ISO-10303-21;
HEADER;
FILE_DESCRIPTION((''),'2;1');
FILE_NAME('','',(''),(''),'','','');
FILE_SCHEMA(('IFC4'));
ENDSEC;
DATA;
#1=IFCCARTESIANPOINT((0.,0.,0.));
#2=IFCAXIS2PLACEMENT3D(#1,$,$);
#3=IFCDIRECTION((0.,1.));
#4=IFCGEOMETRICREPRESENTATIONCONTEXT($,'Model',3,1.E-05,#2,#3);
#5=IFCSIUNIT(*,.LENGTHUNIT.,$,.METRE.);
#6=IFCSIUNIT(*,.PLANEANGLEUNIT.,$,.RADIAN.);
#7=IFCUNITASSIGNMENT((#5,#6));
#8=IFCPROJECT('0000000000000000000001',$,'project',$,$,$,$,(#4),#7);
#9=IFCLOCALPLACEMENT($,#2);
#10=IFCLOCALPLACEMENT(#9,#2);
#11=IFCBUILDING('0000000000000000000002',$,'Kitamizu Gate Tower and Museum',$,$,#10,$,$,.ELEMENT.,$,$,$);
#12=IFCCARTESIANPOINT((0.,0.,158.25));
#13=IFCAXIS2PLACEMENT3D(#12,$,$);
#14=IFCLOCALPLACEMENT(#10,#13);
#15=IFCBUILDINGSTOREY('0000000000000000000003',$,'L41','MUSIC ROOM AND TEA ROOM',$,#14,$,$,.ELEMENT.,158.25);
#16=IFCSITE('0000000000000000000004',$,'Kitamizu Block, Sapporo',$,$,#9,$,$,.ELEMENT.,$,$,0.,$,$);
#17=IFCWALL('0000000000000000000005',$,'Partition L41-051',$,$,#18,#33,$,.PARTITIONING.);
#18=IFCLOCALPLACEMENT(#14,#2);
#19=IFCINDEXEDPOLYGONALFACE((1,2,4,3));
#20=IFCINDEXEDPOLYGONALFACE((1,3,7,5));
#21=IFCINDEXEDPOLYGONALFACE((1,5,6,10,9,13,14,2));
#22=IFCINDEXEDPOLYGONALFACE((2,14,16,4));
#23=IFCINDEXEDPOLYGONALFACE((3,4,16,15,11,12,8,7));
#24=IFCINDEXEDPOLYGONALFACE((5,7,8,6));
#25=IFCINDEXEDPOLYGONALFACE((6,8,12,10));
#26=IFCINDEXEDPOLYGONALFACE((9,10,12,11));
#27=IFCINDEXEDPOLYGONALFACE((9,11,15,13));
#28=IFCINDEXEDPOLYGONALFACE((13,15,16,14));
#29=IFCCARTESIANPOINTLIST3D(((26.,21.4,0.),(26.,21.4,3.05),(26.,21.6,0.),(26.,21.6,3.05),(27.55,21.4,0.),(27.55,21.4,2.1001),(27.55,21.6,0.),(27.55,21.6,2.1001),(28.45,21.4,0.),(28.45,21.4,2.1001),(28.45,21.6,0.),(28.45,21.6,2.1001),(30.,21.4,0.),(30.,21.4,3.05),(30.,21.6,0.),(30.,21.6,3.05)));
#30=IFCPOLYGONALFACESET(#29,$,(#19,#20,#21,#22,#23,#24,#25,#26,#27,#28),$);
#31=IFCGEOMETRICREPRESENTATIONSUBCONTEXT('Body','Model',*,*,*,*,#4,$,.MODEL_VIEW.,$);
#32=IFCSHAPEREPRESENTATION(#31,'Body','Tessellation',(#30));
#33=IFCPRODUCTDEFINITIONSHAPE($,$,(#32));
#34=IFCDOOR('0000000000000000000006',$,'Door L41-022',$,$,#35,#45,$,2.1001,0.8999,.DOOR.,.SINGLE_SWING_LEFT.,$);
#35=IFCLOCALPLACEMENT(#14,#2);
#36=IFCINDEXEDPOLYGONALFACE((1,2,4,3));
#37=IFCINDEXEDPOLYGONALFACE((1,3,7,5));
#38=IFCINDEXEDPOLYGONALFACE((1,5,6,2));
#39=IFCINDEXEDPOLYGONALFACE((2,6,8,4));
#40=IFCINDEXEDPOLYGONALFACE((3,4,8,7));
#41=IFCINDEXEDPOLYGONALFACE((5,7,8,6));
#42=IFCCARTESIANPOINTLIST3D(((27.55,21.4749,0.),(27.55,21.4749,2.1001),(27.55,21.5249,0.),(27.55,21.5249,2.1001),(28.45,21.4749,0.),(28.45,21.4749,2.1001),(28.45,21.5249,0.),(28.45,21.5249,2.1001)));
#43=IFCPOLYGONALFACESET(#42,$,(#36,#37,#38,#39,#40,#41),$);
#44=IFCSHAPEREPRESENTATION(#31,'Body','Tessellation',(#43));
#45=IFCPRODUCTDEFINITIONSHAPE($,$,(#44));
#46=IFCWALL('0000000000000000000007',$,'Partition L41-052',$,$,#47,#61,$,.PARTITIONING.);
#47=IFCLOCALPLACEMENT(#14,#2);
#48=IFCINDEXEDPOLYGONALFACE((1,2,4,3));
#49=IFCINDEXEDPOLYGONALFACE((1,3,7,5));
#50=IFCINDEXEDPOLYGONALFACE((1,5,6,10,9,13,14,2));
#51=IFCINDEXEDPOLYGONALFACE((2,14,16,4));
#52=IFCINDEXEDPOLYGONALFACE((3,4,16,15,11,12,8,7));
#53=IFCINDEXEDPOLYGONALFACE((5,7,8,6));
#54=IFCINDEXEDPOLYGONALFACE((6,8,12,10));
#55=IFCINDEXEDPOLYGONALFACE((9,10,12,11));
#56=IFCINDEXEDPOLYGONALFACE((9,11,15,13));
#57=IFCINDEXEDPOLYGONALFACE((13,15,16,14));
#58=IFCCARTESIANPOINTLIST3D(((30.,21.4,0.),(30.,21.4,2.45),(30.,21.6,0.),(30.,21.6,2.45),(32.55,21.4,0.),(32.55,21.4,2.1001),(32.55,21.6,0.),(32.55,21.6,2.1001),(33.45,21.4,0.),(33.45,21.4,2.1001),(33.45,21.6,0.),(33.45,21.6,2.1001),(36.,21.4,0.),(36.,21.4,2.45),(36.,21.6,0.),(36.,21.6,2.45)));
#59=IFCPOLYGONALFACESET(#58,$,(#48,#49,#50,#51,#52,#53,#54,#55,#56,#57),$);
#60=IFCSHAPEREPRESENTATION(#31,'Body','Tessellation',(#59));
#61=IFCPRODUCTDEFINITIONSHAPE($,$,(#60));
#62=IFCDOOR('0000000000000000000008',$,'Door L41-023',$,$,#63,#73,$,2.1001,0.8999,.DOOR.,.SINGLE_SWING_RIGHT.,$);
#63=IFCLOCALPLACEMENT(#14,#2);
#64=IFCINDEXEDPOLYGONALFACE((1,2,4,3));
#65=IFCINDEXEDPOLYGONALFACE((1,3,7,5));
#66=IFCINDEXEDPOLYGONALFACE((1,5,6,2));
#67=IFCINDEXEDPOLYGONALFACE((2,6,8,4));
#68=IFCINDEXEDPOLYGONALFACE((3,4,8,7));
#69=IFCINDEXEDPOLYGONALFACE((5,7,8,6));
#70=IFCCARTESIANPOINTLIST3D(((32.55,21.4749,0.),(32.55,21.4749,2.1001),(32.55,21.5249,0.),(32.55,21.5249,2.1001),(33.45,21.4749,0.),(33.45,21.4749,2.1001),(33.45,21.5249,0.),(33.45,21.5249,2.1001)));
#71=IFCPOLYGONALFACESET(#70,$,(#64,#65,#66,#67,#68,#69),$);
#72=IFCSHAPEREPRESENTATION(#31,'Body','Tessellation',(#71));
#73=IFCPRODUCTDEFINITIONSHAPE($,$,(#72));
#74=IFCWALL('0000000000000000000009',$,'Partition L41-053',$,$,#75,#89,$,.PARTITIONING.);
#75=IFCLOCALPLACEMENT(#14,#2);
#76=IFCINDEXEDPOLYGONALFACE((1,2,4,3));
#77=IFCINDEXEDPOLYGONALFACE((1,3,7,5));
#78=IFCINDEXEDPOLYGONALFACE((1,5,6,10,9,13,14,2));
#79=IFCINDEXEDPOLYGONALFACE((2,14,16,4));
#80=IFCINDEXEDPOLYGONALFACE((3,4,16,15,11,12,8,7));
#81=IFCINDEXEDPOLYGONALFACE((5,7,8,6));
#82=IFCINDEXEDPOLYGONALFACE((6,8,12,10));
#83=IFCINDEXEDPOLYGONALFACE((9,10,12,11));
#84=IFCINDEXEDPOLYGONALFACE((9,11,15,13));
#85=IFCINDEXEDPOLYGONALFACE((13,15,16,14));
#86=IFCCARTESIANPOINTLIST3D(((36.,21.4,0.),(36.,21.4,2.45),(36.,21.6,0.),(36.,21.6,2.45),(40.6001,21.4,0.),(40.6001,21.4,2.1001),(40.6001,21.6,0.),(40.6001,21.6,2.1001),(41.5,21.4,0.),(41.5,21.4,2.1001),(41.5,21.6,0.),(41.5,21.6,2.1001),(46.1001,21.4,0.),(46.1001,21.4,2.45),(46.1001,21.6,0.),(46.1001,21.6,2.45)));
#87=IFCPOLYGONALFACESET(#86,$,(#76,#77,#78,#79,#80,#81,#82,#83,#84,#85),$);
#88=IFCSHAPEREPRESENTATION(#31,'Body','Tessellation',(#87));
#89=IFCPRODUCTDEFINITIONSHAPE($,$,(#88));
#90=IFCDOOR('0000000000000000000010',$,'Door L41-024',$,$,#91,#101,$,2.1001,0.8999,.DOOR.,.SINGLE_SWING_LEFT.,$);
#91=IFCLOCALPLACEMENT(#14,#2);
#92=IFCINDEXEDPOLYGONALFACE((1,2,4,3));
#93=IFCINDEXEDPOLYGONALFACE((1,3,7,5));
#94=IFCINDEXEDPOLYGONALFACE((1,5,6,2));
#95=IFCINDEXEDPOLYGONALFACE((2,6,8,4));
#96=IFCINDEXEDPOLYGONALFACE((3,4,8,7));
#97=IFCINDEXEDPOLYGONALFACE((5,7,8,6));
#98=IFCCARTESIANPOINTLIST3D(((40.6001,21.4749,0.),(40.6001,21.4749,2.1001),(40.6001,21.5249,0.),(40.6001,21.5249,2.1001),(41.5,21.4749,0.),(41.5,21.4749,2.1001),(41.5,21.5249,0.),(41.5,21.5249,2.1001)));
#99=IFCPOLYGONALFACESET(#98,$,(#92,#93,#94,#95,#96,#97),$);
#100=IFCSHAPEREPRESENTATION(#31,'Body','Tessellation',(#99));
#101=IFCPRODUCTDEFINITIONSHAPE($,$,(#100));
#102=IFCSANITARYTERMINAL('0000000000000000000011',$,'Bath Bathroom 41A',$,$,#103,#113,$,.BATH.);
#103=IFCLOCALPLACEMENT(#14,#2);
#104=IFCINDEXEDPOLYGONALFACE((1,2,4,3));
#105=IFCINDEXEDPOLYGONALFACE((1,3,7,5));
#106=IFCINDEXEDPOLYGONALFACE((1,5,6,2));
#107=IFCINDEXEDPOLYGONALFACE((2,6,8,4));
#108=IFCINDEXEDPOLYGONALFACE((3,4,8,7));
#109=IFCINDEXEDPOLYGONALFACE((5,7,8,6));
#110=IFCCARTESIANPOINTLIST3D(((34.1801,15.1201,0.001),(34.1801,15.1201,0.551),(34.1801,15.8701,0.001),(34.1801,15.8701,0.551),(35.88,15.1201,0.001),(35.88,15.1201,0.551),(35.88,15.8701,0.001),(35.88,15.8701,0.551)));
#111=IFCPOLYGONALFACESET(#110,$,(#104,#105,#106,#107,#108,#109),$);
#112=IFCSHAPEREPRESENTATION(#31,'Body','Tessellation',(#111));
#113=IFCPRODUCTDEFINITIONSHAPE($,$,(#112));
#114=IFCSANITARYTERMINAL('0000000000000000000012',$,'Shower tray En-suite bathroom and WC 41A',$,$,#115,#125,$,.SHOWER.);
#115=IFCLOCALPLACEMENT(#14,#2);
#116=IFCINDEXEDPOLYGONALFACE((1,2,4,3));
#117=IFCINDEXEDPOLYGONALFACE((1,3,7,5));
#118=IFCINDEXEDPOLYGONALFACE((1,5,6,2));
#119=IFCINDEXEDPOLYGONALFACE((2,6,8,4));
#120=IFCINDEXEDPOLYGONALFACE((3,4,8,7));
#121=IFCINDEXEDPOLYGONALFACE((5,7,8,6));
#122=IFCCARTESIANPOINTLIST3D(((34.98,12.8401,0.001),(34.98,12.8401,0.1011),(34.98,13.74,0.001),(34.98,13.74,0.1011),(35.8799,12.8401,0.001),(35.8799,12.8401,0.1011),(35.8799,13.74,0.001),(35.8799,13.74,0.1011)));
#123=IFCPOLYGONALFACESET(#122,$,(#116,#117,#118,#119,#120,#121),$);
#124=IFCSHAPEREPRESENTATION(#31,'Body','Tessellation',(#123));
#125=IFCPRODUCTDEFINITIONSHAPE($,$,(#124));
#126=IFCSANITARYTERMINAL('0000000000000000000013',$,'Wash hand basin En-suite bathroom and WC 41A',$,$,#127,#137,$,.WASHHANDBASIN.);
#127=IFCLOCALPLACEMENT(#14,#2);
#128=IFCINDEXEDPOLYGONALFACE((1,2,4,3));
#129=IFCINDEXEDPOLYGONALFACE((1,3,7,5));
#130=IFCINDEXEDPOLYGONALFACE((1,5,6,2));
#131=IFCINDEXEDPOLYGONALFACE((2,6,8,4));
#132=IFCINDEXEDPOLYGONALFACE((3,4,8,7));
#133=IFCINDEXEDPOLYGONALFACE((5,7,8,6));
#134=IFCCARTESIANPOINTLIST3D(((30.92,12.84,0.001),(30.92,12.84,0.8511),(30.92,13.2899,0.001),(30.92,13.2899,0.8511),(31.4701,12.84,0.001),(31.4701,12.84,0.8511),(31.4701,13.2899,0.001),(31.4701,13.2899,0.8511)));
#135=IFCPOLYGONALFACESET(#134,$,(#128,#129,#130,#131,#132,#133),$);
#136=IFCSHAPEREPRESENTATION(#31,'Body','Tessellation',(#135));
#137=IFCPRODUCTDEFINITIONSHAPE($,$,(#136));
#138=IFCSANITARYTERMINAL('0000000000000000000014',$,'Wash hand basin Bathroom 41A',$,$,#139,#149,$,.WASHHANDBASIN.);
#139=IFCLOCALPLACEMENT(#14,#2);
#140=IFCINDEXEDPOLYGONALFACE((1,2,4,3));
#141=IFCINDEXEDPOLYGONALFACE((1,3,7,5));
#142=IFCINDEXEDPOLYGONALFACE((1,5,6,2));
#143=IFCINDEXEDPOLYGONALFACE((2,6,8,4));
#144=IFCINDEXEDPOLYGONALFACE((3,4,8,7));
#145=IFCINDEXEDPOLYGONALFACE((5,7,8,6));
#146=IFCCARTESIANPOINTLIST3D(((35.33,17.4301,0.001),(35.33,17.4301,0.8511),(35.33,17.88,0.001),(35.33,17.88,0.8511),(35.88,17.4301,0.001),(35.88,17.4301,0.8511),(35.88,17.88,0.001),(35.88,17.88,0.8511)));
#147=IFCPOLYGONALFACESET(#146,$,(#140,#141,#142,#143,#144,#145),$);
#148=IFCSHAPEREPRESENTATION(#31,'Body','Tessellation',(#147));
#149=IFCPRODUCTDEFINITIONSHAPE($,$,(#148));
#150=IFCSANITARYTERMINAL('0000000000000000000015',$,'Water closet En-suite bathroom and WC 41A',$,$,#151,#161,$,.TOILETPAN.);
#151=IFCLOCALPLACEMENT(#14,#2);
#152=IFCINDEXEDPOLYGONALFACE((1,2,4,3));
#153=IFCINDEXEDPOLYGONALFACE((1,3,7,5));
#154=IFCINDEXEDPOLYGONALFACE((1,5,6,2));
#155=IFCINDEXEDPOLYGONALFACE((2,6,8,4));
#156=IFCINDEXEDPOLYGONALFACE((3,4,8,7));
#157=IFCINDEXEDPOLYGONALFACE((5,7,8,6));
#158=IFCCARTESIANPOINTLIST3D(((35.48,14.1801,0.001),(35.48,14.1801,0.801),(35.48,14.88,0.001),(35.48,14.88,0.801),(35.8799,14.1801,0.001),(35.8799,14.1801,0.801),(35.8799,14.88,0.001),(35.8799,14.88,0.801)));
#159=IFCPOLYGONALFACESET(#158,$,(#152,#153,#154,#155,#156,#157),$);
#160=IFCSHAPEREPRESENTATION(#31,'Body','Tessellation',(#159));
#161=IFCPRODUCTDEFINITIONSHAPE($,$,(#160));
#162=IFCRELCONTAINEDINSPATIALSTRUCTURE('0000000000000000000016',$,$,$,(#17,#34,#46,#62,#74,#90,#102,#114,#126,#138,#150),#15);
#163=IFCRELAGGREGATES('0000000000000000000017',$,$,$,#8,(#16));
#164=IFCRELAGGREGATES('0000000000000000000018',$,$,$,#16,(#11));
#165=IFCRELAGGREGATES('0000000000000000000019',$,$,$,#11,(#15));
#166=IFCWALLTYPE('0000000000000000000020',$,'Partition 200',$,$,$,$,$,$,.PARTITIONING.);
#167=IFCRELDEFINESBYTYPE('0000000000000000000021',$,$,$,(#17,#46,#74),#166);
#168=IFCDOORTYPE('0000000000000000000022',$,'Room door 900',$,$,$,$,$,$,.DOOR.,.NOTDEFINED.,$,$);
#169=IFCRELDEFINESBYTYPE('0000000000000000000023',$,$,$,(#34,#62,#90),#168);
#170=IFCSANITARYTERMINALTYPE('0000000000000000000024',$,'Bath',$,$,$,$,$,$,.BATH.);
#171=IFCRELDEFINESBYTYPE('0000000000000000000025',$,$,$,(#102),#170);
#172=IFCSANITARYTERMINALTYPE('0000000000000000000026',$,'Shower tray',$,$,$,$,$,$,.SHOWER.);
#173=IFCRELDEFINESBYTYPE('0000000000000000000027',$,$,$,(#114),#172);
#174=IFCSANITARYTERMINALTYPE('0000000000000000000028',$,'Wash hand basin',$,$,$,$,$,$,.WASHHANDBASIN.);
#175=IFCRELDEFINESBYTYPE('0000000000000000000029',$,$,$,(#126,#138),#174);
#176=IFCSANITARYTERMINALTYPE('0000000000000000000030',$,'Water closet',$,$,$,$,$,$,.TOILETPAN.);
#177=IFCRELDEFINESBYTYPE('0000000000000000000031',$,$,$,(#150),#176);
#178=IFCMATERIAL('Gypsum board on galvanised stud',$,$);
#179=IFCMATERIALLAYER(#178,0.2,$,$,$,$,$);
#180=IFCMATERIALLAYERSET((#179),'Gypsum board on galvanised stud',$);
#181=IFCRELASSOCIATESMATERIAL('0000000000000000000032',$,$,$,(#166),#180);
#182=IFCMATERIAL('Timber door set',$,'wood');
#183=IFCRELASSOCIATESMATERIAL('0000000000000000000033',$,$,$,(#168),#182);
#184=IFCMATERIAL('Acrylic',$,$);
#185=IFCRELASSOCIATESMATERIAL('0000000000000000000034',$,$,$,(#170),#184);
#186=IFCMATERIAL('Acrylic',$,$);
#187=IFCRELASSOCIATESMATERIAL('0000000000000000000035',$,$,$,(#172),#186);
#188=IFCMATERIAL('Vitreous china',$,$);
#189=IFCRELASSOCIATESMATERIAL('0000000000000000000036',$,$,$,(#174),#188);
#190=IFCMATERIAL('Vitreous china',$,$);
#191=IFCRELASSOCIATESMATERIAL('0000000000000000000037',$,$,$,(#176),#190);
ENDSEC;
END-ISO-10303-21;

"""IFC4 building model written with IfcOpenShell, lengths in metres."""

from ifc_helpers import new_model, si_unit, direction, frame, frame_2d, origin, origin_2d, place, context, subcontext, project, spatial, rectangle, extrude, material, layer, layer_set, type_object, element, fill, save


model = new_model("IFC4")

# Units and contexts
model_context = context("Model", 3, precision=1e-05, world=origin(), true_north=direction((0.0, 1.0)))
body_context = subcontext(model_context, "Body", "Model", "MODEL_VIEW")
ifc_project = project(units=[si_unit("LENGTHUNIT", "METRE"), si_unit("PLANEANGLEUNIT", "RADIAN")], contexts=[model_context])

# Site, building, storey
site_placement = place(None, origin())
site = spatial("IfcSite", under=ifc_project, at=site_placement, Name="Kitamizu Block, Sapporo", CompositionType="ELEMENT", RefElevation=0.0)
building_placement = place(site_placement, origin())
building = spatial("IfcBuilding", under=site, at=building_placement, Name="Kitamizu Gate Tower and Museum", CompositionType="ELEMENT")
storey_placement = place(building_placement, frame((0.0, 0.0, 158.25)))
storey = spatial("IfcBuildingStorey", under=building, at=storey_placement, Name="L41", Description="MUSIC ROOM AND TEA ROOM", CompositionType="ELEMENT", Elevation=158.25)

# Shared definitions
ifc_material_1 = material(Name="Gypsum board on galvanised stud")
ifc_layer_1 = layer(ifc_material_1, 0.2)
ifc_layer_set_1 = layer_set([ifc_layer_1], Name="Gypsum board on galvanised stud")
wall_type_1 = type_object("IfcWallType", Name="Partition 200", PredefinedType="PARTITIONING", material=ifc_layer_set_1)

# Walls, openings, doors
wall_1_placement = place(storey_placement, frame((26.0, 21.5, 0.0), z_axis=(0.0, 0.0, 1.0), x_axis=(1.0, 0.0, 0.0)))
wall_1 = element("IfcWall", 1, at=wall_1_placement, inside=storey, type_object=wall_type_1, Name="Partition L41-051", PredefinedType="PARTITIONING", context=body_context, shape_type="SweptSolid", body=[
    extrude(rectangle(XDim=4.0, YDim=0.2, at=frame_2d((2.0, 0.0))), origin(), (0.0, 0.0, 1.0), 3.05),
])
opening_1_placement = place(wall_1_placement, frame((1.55, 0.0, 0.0)))
opening_1 = element("IfcOpeningElement", 2, at=opening_1_placement, cuts=wall_1, PredefinedType="OPENING", context=body_context, shape_type="SweptSolid", body=[
    extrude(rectangle(XDim=0.8999, YDim=2.1001, at=frame_2d((0.45, 1.05))), frame((0.0, 0.1099, 0.0), z_axis=(0.0, -1.0, 0.0), x_axis=(1.0, 0.0, 0.0)), (0.0, 0.0, 1.0), 0.22),
])
ifc_material_2 = material(Name="Timber door set", Category="wood")
door_type_1 = type_object("IfcDoorType", Name="Room door 900", OperationType="NOTDEFINED", PredefinedType="DOOR", material=ifc_material_2)
door_1_placement = place(opening_1_placement, origin())
door_1 = element("IfcDoor", 3, at=door_1_placement, inside=storey, type_object=door_type_1, Name="Door L41-022", OperationType="SINGLE_SWING_LEFT", OverallHeight=2.1001, OverallWidth=0.8999, PredefinedType="DOOR", context=body_context, shape_type="SweptSolid", body=[
    extrude(rectangle(XDim=0.8999, YDim=2.1001, at=frame_2d((0.45, 1.05))), frame((0.0, 0.0249, 0.0), z_axis=(0.0, -1.0, 0.0), x_axis=(1.0, 0.0, 0.0)), (0.0, 0.0, 1.0), 0.05),
])
fill(opening_1, door_1)
wall_2_placement = place(storey_placement, frame((30.0, 21.5, 0.0), z_axis=(0.0, 0.0, 1.0), x_axis=(1.0, 0.0, 0.0)))
wall_2 = element("IfcWall", 4, at=wall_2_placement, inside=storey, type_object=wall_type_1, Name="Partition L41-052", PredefinedType="PARTITIONING", context=body_context, shape_type="SweptSolid", body=[
    extrude(rectangle(XDim=6.0, YDim=0.2, at=frame_2d((3.0, 0.0))), origin(), (0.0, 0.0, 1.0), 2.45),
])
opening_2_placement = place(wall_2_placement, frame((2.55, 0.0, 0.0)))
opening_2 = element("IfcOpeningElement", 5, at=opening_2_placement, cuts=wall_2, PredefinedType="OPENING", context=body_context, shape_type="SweptSolid", body=[
    extrude(rectangle(XDim=0.8999, YDim=2.1001, at=frame_2d((0.45, 1.05))), frame((0.0, 0.1099, 0.0), z_axis=(0.0, -1.0, 0.0), x_axis=(1.0, 0.0, 0.0)), (0.0, 0.0, 1.0), 0.22),
])
door_2_placement = place(opening_2_placement, origin())
door_2 = element("IfcDoor", 6, at=door_2_placement, inside=storey, type_object=door_type_1, Name="Door L41-023", OperationType="SINGLE_SWING_RIGHT", OverallHeight=2.1001, OverallWidth=0.8999, PredefinedType="DOOR", context=body_context, shape_type="SweptSolid", body=[
    extrude(rectangle(XDim=0.8999, YDim=2.1001, at=frame_2d((0.45, 1.05))), frame((0.0, 0.0249, 0.0), z_axis=(0.0, -1.0, 0.0), x_axis=(1.0, 0.0, 0.0)), (0.0, 0.0, 1.0), 0.05),
])
fill(opening_2, door_2)
wall_3_placement = place(storey_placement, frame((36.0, 21.5, 0.0), z_axis=(0.0, 0.0, 1.0), x_axis=(1.0, 0.0, 0.0)))
wall_3 = element("IfcWall", 7, at=wall_3_placement, inside=storey, type_object=wall_type_1, Name="Partition L41-053", PredefinedType="PARTITIONING", context=body_context, shape_type="SweptSolid", body=[
    extrude(rectangle(XDim=10.1001, YDim=0.2, at=frame_2d((5.05, 0.0))), origin(), (0.0, 0.0, 1.0), 2.45),
])
opening_3_placement = place(wall_3_placement, frame((4.6001, 0.0, 0.0)))
opening_3 = element("IfcOpeningElement", 8, at=opening_3_placement, cuts=wall_3, PredefinedType="OPENING", context=body_context, shape_type="SweptSolid", body=[
    extrude(rectangle(XDim=0.8999, YDim=2.1001, at=frame_2d((0.45, 1.05))), frame((0.0, 0.1099, 0.0), z_axis=(0.0, -1.0, 0.0), x_axis=(1.0, 0.0, 0.0)), (0.0, 0.0, 1.0), 0.22),
])
door_3_placement = place(opening_3_placement, origin())
door_3 = element("IfcDoor", 9, at=door_3_placement, inside=storey, type_object=door_type_1, Name="Door L41-024", OperationType="SINGLE_SWING_LEFT", OverallHeight=2.1001, OverallWidth=0.8999, PredefinedType="DOOR", context=body_context, shape_type="SweptSolid", body=[
    extrude(rectangle(XDim=0.8999, YDim=2.1001, at=frame_2d((0.45, 1.05))), frame((0.0, 0.0249, 0.0), z_axis=(0.0, -1.0, 0.0), x_axis=(1.0, 0.0, 0.0)), (0.0, 0.0, 1.0), 0.05),
])
fill(opening_3, door_3)

# Sanitary terminals
ifc_material_3 = material(Name="Acrylic")
sanitary_terminal_type_1 = type_object("IfcSanitaryTerminalType", Name="Bath", PredefinedType="BATH", material=ifc_material_3)
sanitary_terminal_1_placement = place(storey_placement, frame((35.03, 15.4951, 0.001), z_axis=(0.0, 0.0, 1.0), x_axis=(1.0, 0.0, 0.0)))
element("IfcSanitaryTerminal", 10, at=sanitary_terminal_1_placement, inside=storey, type_object=sanitary_terminal_type_1, Name="Bath Bathroom 41A", PredefinedType="BATH", context=body_context, shape_type="SweptSolid", body=[
    extrude(rectangle(XDim=1.7, YDim=0.75, at=origin_2d()), origin(), (0.0, 0.0, 1.0), 0.55),
])
ifc_material_4 = material(Name="Acrylic")
sanitary_terminal_type_2 = type_object("IfcSanitaryTerminalType", Name="Shower tray", PredefinedType="SHOWER", material=ifc_material_4)
sanitary_terminal_2_placement = place(storey_placement, frame((35.4299, 13.29, 0.001), z_axis=(0.0, 0.0, 1.0), x_axis=(1.0, 0.0, 0.0)))
element("IfcSanitaryTerminal", 11, at=sanitary_terminal_2_placement, inside=storey, type_object=sanitary_terminal_type_2, Name="Shower tray En-suite bathroom and WC 41A", PredefinedType="SHOWER", context=body_context, shape_type="SweptSolid", body=[
    extrude(rectangle(XDim=0.8999, YDim=0.8999, at=origin_2d()), origin(), (0.0, 0.0, 1.0), 0.1001),
])
ifc_material_5 = material(Name="Vitreous china")
sanitary_terminal_type_3 = type_object("IfcSanitaryTerminalType", Name="Wash hand basin", PredefinedType="WASHHANDBASIN", material=ifc_material_5)
for number, where, z_axis, x_axis, name in (
    (12, (31.1951, 13.0649, 0.001), (0.0, 0.0, 1.0), (1.0, 0.0, 0.0), "Wash hand basin En-suite bathroom and WC 41A"),
    (13, (35.605, 17.655, 0.001), (0.0, 0.0, 1.0), (1.0, 0.0, 0.0), "Wash hand basin Bathroom 41A"),
):
    element("IfcSanitaryTerminal", number, at=place(storey_placement, frame(where, z_axis=z_axis, x_axis=x_axis)), inside=storey, type_object=sanitary_terminal_type_3, Name=name, PredefinedType="WASHHANDBASIN", context=body_context, shape_type="SweptSolid", body=[
        extrude(rectangle(XDim=0.55, YDim=0.45, at=origin_2d()), origin(), (0.0, 0.0, 1.0), 0.8501),
    ])
ifc_material_6 = material(Name="Vitreous china")
sanitary_terminal_type_4 = type_object("IfcSanitaryTerminalType", Name="Water closet", PredefinedType="TOILETPAN", material=ifc_material_6)
sanitary_terminal_3_placement = place(storey_placement, frame((35.6799, 14.53, 0.001), z_axis=(0.0, 0.0, 1.0), x_axis=(1.0, 0.0, 0.0)))
element("IfcSanitaryTerminal", 14, at=sanitary_terminal_3_placement, inside=storey, type_object=sanitary_terminal_type_4, Name="Water closet En-suite bathroom and WC 41A", PredefinedType="TOILETPAN", context=body_context, shape_type="SweptSolid", body=[
    extrude(rectangle(XDim=0.3999, YDim=0.7, at=origin_2d()), origin(), (0.0, 0.0, 1.0), 0.8),
])

save(model, "model.ifc")
